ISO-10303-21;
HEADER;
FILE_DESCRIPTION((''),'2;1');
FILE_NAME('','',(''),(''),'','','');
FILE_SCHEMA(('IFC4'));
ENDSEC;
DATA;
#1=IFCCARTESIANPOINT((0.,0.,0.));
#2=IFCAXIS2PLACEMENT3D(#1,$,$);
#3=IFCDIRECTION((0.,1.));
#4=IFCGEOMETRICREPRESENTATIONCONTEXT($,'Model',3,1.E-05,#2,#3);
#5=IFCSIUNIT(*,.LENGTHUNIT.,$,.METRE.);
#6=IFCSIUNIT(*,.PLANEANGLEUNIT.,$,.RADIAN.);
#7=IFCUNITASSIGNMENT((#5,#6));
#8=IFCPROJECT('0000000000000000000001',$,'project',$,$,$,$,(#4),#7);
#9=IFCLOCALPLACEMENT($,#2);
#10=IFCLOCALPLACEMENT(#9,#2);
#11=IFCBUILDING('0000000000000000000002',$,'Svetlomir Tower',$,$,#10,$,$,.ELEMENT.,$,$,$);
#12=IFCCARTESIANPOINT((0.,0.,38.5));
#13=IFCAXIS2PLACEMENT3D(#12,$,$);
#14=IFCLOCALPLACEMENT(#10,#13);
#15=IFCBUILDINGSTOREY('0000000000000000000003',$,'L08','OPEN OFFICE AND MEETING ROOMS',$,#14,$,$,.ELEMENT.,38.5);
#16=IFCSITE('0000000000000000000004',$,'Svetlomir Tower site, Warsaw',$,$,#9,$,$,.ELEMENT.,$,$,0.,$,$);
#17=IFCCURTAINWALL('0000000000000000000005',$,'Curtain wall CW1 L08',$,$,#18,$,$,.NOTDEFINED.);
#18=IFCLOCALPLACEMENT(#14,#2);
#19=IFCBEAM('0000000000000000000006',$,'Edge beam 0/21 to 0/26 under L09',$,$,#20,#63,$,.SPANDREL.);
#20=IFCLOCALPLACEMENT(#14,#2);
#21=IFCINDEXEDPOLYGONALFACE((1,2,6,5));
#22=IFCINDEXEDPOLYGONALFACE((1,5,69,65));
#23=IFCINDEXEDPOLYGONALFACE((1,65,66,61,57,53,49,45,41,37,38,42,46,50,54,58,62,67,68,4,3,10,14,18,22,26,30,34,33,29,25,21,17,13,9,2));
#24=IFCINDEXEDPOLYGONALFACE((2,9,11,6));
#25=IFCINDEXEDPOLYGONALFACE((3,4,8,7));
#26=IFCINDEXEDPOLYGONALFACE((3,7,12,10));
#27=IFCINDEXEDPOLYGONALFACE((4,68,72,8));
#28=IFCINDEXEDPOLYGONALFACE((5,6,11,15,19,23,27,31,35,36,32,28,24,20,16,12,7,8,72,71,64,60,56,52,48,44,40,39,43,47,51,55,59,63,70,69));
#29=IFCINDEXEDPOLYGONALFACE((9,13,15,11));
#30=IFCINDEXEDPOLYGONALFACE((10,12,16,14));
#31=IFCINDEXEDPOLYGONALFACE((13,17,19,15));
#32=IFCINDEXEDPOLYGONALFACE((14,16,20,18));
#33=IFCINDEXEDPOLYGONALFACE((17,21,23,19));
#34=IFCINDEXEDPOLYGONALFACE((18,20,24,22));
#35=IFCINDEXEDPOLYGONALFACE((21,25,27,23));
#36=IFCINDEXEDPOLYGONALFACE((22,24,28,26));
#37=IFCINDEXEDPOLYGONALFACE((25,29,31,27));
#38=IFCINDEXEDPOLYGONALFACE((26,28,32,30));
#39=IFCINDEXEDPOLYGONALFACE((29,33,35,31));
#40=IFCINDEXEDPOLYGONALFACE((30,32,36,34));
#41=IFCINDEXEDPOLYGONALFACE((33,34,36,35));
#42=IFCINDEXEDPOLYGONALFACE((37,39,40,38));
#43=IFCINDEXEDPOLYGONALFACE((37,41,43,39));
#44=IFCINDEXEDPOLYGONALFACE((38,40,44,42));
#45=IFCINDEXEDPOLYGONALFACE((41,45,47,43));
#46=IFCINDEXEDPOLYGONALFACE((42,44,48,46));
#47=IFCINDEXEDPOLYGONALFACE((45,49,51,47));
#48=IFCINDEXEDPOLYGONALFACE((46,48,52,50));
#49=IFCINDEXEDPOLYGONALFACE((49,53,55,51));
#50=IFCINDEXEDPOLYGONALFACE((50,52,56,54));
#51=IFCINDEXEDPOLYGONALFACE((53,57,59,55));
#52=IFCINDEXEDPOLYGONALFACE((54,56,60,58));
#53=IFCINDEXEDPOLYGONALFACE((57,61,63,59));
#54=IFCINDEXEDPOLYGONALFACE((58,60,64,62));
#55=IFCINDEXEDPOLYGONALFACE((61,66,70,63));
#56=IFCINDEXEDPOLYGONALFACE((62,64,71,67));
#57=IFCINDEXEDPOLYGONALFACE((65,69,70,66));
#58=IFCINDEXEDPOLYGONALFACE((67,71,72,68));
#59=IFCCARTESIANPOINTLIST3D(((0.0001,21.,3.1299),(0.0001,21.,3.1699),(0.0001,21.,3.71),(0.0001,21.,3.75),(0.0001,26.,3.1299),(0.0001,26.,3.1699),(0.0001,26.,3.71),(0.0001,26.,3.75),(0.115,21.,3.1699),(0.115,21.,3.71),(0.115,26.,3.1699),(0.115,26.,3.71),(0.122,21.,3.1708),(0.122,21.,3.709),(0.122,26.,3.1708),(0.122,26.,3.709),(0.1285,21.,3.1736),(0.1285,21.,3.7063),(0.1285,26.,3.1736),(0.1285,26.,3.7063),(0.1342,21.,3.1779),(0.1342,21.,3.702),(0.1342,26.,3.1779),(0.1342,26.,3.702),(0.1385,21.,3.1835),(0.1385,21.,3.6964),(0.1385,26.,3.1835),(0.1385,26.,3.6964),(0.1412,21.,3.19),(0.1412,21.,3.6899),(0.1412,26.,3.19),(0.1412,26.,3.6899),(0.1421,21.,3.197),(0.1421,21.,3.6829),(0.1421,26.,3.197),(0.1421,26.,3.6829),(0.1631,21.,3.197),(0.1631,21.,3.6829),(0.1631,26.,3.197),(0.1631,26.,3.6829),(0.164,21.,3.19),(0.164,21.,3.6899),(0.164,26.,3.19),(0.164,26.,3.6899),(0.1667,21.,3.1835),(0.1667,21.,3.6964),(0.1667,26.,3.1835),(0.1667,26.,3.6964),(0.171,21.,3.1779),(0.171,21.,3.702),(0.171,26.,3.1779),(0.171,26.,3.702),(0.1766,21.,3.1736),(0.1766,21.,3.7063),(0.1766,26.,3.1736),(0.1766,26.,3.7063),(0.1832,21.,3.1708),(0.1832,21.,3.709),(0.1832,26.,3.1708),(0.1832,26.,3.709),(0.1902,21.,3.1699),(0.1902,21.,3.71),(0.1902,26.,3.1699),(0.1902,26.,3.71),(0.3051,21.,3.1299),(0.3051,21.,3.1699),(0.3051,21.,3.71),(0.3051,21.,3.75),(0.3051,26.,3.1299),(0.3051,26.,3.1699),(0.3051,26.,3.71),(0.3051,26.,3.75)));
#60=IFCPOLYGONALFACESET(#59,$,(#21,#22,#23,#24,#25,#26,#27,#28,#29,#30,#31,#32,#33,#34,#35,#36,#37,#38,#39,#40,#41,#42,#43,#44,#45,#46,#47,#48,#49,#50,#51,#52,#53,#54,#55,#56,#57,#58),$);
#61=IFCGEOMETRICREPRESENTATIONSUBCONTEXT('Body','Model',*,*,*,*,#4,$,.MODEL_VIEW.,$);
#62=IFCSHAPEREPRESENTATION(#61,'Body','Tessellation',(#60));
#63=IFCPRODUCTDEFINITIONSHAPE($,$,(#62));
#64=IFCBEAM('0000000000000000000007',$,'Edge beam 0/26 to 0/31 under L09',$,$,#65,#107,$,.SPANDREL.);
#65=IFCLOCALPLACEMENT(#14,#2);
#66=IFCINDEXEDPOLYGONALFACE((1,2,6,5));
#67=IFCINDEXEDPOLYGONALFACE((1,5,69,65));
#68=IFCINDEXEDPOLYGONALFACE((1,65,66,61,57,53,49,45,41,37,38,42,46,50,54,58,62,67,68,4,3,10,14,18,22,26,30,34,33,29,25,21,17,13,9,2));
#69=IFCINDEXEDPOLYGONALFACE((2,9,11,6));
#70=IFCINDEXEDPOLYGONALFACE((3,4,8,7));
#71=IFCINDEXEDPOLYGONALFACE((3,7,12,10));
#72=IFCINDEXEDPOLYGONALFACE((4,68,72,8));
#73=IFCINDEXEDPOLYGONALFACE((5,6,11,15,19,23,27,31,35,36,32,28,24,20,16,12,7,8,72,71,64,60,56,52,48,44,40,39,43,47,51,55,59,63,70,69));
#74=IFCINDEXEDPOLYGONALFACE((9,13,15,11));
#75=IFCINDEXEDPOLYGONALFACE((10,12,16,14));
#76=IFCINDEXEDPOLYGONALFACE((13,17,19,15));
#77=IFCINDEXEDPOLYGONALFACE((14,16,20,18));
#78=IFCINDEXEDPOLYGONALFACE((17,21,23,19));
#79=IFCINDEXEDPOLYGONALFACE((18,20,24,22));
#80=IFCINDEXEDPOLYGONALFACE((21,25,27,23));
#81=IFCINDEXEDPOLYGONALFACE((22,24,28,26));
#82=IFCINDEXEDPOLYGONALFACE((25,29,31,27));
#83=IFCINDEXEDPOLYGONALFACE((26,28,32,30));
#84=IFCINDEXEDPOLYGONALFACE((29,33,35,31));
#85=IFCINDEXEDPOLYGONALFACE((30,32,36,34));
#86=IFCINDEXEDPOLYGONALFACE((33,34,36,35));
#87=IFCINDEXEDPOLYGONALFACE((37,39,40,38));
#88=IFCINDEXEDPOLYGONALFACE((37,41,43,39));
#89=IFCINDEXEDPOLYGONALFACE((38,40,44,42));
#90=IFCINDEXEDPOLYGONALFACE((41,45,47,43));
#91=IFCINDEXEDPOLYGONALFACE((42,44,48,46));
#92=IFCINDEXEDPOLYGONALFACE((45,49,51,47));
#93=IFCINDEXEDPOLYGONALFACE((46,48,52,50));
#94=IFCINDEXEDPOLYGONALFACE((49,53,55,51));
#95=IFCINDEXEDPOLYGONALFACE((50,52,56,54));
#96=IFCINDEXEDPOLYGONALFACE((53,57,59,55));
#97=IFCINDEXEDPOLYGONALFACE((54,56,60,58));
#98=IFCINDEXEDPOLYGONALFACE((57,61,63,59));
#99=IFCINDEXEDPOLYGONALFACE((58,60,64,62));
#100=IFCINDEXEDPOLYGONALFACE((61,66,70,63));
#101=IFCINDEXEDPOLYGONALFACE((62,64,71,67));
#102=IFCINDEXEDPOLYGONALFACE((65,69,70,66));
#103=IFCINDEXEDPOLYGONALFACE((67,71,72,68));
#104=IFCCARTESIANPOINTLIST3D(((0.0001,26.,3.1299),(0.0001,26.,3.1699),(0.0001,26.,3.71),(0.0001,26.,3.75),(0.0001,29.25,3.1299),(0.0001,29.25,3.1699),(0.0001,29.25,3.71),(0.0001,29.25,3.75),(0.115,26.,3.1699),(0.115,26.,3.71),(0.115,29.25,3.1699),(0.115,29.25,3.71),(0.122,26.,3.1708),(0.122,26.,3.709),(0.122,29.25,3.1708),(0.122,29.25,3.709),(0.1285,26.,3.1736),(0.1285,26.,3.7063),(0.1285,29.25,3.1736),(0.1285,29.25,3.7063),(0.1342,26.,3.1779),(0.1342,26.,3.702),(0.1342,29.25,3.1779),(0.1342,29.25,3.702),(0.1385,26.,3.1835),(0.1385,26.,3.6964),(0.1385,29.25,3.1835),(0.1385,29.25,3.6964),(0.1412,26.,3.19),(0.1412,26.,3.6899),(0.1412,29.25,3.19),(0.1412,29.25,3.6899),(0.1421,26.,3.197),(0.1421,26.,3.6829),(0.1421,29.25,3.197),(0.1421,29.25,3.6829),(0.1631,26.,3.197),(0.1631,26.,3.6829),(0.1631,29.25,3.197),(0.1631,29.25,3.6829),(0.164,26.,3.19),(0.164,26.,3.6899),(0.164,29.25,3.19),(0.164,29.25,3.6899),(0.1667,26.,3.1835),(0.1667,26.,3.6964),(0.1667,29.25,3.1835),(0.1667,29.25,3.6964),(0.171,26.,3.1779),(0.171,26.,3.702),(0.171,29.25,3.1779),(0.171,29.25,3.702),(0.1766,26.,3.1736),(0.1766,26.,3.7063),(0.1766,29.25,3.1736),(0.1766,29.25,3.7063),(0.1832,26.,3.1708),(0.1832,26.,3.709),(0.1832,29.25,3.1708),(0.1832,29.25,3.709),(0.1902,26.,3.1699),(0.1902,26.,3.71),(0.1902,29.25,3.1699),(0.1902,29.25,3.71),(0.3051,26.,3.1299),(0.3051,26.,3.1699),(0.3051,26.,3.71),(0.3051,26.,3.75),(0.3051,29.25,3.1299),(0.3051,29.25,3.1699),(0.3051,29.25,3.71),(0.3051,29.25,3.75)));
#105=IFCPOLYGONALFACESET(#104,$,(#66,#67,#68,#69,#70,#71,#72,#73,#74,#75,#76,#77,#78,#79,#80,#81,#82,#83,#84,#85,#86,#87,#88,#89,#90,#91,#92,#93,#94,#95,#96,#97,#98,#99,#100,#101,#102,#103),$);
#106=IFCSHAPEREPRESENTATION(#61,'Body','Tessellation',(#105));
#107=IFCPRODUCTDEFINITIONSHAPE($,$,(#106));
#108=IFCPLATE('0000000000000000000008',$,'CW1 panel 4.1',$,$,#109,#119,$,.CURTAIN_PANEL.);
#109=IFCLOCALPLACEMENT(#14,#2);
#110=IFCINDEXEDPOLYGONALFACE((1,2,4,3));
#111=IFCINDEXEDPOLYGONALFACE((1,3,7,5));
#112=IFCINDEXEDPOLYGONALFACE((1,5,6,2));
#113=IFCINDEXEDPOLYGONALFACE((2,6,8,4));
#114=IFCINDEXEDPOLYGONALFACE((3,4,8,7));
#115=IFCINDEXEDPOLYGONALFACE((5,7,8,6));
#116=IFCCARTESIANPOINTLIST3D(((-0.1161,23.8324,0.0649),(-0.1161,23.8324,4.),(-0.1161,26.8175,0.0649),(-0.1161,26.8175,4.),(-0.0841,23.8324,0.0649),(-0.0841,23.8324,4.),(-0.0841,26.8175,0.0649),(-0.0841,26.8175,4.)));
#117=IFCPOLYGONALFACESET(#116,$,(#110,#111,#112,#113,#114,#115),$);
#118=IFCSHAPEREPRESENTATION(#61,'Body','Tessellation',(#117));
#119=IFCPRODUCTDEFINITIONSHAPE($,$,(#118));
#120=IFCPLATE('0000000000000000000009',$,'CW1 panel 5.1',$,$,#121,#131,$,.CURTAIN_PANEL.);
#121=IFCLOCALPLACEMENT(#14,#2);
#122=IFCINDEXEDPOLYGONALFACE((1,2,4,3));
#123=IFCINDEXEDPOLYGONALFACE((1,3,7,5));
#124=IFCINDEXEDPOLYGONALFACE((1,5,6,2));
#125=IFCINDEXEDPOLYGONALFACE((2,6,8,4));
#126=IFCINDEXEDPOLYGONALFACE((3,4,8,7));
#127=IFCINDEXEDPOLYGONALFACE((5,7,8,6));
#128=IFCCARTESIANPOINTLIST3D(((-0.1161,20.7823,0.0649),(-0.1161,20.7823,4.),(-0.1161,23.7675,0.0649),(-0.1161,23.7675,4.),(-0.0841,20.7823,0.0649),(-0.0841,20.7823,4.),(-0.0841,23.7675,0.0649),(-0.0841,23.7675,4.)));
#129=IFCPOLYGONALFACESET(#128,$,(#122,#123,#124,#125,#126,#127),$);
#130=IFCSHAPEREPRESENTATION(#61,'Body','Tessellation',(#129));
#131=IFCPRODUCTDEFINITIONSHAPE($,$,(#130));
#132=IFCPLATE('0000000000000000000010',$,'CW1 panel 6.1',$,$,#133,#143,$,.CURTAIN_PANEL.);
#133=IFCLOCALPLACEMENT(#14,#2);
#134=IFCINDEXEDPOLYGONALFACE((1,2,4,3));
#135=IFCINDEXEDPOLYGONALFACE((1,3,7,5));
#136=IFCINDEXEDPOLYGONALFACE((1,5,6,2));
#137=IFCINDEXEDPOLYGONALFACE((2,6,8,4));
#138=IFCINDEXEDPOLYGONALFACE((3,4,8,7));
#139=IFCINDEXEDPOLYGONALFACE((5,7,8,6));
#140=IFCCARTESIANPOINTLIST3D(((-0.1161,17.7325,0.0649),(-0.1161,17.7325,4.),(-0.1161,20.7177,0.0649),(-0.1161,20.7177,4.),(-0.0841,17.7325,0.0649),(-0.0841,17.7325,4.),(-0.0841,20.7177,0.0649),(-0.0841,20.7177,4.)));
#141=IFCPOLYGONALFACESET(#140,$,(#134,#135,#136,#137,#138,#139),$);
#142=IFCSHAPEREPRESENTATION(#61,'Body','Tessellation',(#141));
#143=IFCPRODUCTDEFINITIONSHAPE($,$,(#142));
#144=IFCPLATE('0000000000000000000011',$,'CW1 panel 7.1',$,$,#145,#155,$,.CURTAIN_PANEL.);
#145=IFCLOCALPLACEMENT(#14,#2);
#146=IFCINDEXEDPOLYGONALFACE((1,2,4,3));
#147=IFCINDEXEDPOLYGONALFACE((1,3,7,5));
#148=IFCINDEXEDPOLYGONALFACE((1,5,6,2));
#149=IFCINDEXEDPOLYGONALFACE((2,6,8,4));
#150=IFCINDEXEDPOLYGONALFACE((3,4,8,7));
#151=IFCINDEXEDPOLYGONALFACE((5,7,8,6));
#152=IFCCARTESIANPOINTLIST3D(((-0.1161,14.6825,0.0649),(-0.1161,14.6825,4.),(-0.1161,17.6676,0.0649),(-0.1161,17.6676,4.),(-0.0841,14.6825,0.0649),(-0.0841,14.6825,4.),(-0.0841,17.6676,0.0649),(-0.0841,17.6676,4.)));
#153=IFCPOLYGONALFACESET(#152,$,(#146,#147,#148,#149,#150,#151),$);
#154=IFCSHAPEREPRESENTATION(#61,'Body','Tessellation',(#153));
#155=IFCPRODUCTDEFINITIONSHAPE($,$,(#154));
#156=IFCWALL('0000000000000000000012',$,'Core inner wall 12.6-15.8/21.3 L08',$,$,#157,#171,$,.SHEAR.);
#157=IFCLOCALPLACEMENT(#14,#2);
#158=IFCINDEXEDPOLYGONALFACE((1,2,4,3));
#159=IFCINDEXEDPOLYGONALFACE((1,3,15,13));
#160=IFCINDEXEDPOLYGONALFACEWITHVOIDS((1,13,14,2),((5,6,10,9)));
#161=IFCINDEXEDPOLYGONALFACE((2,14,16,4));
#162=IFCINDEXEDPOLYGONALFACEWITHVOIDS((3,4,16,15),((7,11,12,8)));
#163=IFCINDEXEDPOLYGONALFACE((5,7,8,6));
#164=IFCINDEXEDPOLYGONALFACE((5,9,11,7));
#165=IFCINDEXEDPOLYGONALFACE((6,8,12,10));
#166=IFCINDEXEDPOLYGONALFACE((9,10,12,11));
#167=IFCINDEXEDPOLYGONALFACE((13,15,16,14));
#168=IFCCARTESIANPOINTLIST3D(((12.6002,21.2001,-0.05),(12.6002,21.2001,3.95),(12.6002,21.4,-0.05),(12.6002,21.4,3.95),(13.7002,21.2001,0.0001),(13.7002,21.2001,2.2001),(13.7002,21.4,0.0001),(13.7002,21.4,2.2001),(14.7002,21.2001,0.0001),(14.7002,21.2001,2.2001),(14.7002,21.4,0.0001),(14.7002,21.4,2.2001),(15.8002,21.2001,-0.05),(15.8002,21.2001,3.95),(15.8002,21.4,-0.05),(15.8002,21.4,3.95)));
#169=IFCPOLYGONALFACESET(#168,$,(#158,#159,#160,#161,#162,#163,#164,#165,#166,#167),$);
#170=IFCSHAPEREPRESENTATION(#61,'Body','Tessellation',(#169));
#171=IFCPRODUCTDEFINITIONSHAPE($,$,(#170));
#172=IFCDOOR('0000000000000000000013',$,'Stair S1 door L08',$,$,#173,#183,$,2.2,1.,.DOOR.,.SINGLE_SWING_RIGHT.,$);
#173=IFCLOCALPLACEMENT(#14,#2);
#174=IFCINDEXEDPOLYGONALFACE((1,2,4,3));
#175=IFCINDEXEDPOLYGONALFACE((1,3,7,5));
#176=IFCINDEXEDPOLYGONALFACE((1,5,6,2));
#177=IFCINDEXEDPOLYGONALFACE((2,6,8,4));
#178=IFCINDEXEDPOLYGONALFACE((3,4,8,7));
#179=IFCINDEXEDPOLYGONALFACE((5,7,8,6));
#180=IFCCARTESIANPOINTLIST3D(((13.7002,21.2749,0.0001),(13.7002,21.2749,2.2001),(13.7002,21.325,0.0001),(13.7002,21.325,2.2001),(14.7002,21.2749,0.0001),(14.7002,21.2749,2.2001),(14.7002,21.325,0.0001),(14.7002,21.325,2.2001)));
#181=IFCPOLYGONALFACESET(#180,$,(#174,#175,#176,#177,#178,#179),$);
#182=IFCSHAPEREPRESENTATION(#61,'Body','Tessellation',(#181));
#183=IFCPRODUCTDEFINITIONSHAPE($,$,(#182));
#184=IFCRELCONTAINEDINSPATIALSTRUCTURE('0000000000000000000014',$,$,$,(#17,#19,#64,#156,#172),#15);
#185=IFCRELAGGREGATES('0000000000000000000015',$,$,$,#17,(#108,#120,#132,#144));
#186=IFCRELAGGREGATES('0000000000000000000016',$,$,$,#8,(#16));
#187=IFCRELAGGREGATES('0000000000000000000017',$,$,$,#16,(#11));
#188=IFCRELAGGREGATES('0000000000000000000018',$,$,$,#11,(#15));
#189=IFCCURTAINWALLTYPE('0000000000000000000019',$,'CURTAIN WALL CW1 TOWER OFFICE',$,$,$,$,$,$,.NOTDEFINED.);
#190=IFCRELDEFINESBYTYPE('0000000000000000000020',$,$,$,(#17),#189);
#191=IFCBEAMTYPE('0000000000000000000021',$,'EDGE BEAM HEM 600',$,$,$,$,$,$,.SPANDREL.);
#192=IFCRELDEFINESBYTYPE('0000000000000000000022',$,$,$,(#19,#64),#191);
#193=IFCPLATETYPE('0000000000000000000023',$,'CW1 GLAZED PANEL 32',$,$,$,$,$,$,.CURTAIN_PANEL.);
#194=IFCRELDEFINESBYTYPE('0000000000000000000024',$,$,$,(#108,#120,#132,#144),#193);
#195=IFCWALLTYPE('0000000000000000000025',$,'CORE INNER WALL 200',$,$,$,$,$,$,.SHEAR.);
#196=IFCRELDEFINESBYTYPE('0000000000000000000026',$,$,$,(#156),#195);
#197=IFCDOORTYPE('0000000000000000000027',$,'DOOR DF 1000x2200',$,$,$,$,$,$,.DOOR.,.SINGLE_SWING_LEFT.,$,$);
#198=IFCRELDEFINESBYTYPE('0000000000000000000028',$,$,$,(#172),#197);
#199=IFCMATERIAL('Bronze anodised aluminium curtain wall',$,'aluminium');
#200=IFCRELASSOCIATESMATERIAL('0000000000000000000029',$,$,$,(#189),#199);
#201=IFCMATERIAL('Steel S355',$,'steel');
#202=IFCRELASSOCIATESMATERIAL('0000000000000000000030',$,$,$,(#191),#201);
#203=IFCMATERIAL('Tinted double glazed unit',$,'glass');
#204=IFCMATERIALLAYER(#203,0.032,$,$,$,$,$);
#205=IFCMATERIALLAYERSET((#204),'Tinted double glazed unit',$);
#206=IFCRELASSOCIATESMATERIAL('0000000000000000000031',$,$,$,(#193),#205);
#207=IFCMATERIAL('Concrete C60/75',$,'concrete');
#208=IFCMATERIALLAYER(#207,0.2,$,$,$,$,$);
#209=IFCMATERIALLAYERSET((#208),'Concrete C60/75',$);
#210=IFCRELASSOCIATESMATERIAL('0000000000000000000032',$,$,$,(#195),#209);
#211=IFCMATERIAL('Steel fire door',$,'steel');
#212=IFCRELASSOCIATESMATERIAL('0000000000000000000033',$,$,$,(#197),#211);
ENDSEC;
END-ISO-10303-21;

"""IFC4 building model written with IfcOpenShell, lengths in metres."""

from ifc_helpers import new_model, si_unit, direction, frame, frame_2d, origin, origin_2d, place, context, subcontext, project, spatial, rectangle, i_section, extrude, material, layer, layer_set, material_profile, profile_set, type_object, element, fill, aggregate, save


model = new_model("IFC4")

# Units and contexts
model_context = context("Model", 3, precision=1e-05, world=origin(), true_north=direction((0.0, 1.0)))
body_context = subcontext(model_context, "Body", "Model", "MODEL_VIEW")
ifc_project = project(units=[si_unit("LENGTHUNIT", "METRE"), si_unit("PLANEANGLEUNIT", "RADIAN")], contexts=[model_context])

# Site, building, storey
site_placement = place(None, origin())
site = spatial("IfcSite", under=ifc_project, at=site_placement, Name="Svetlomir Tower site, Warsaw", CompositionType="ELEMENT", RefElevation=0.0)
building_placement = place(site_placement, origin())
building = spatial("IfcBuilding", under=site, at=building_placement, Name="Svetlomir Tower", CompositionType="ELEMENT")
storey_placement = place(building_placement, frame((0.0, 0.0, 38.5)))
storey = spatial("IfcBuildingStorey", under=building, at=storey_placement, Name="L08", Description="OPEN OFFICE AND MEETING ROOMS", CompositionType="ELEMENT", Elevation=38.5)

# Curtain wall
ifc_material_1 = material(Name="Bronze anodised aluminium curtain wall", Category="aluminium")
curtain_wall_type = type_object("IfcCurtainWallType", Name="CURTAIN WALL CW1 TOWER OFFICE", PredefinedType="NOTDEFINED", material=ifc_material_1)
curtain_wall_placement = place(storey_placement, origin())
curtain_wall = element("IfcCurtainWall", 1, at=curtain_wall_placement, inside=storey, type_object=curtain_wall_type, Name="Curtain wall CW1 L08", PredefinedType="NOTDEFINED")

# Beams
ifc_material_2 = material(Name="Steel S355", Category="steel")
ifc_material_profile_1 = material_profile(ifc_material_2, i_section(OverallWidth=0.3049, OverallDepth=0.6201, WebThickness=0.021, FlangeThickness=0.04, FilletRadius=0.0271, at=origin_2d()), Name="HEM 600")
ifc_profile_set_1 = profile_set([ifc_material_profile_1], Name="Steel S355")
beam_type = type_object("IfcBeamType", Name="EDGE BEAM HEM 600", PredefinedType="SPANDREL", material=ifc_profile_set_1)
for number, where, z_axis, x_axis, name in (
    (2, (0.1526, 21.0, 3.4399), (0.0, 1.0, 0.0), (-1.0, 0.0, 0.0), "Edge beam 0/21 to 0/26 under L09"),
):
    element("IfcBeam", number, at=place(storey_placement, frame(where, z_axis=z_axis, x_axis=x_axis)), inside=storey, type_object=beam_type, Name=name, PredefinedType="SPANDREL", context=body_context, shape_type="SweptSolid", body=[
        extrude(i_section(OverallWidth=0.3049, OverallDepth=0.6201, WebThickness=0.021, FlangeThickness=0.04, FilletRadius=0.0271, at=origin_2d()), origin(), (0.0, 0.0, 1.0), 5.0),
    ])
beam_placement = place(storey_placement, frame((0.1526, 26.0, 3.4399), z_axis=(0.0, 1.0, 0.0), x_axis=(-1.0, 0.0, 0.0)))
element("IfcBeam", 3, at=beam_placement, inside=storey, type_object=beam_type, Name="Edge beam 0/26 to 0/31 under L09", PredefinedType="SPANDREL", context=body_context, shape_type="SweptSolid", body=[
    extrude(i_section(OverallWidth=0.3049, OverallDepth=0.6201, WebThickness=0.021, FlangeThickness=0.04, FilletRadius=0.0271, at=origin_2d()), origin(), (0.0, 0.0, 1.0), 3.25),
])

# Plates
ifc_material_3 = material(Name="Tinted double glazed unit", Category="glass")
ifc_layer_1 = layer(ifc_material_3, 0.032)
ifc_layer_set_1 = layer_set([ifc_layer_1], Name="Tinted double glazed unit")
plate_type = type_object("IfcPlateType", Name="CW1 GLAZED PANEL 32", PredefinedType="CURTAIN_PANEL", material=ifc_layer_set_1)
plate_1_placement = place(storey_placement, frame((-0.1001, 25.325, 0.0649), z_axis=(0.0, 0.0, 1.0), x_axis=(0.0, -1.0, 0.0)))
plate_1 = element("IfcPlate", 4, at=plate_1_placement, type_object=plate_type, Name="CW1 panel 4.1", PredefinedType="CURTAIN_PANEL", context=body_context, shape_type="SweptSolid", body=[
    extrude(rectangle(XDim=2.9851, YDim=0.032, at=origin_2d()), origin(), (0.0, 0.0, 1.0), 3.9351),
])
plate_2_placement = place(storey_placement, frame((-0.1001, 22.2749, 0.0649), z_axis=(0.0, 0.0, 1.0), x_axis=(0.0, -1.0, 0.0)))
plate_2 = element("IfcPlate", 5, at=plate_2_placement, type_object=plate_type, Name="CW1 panel 5.1", PredefinedType="CURTAIN_PANEL", context=body_context, shape_type="SweptSolid", body=[
    extrude(rectangle(XDim=2.9851, YDim=0.032, at=origin_2d()), origin(), (0.0, 0.0, 1.0), 3.9351),
])
plate_3_placement = place(storey_placement, frame((-0.1001, 19.2251, 0.0649), z_axis=(0.0, 0.0, 1.0), x_axis=(0.0, -1.0, 0.0)))
plate_3 = element("IfcPlate", 6, at=plate_3_placement, type_object=plate_type, Name="CW1 panel 6.1", PredefinedType="CURTAIN_PANEL", context=body_context, shape_type="SweptSolid", body=[
    extrude(rectangle(XDim=2.9851, YDim=0.032, at=origin_2d()), origin(), (0.0, 0.0, 1.0), 3.9351),
])
plate_4_placement = place(storey_placement, frame((-0.1001, 16.175, 0.0649), z_axis=(0.0, 0.0, 1.0), x_axis=(0.0, -1.0, 0.0)))
plate_4 = element("IfcPlate", 7, at=plate_4_placement, type_object=plate_type, Name="CW1 panel 7.1", PredefinedType="CURTAIN_PANEL", context=body_context, shape_type="SweptSolid", body=[
    extrude(rectangle(XDim=2.9851, YDim=0.032, at=origin_2d()), origin(), (0.0, 0.0, 1.0), 3.9351),
])
aggregate(curtain_wall, [plate_1, plate_2, plate_3, plate_4])

# Wall, opening, door
ifc_material_4 = material(Name="Concrete C60/75", Category="concrete")
ifc_layer_2 = layer(ifc_material_4, 0.2)
ifc_layer_set_2 = layer_set([ifc_layer_2], Name="Concrete C60/75")
wall_type_1 = type_object("IfcWallType", Name="CORE INNER WALL 200", PredefinedType="SHEAR", material=ifc_layer_set_2)
wall_1_placement = place(storey_placement, frame((12.6001, 21.3, -0.05), z_axis=(0.0, 0.0, 1.0), x_axis=(1.0, 0.0, 0.0)))
wall_1 = element("IfcWall", 8, at=wall_1_placement, inside=storey, type_object=wall_type_1, Name="Core inner wall 12.6-15.8/21.3 L08", PredefinedType="SHEAR", context=body_context, shape_type="SweptSolid", body=[
    extrude(rectangle(XDim=3.2, YDim=0.2, at=frame_2d((1.6001, 0.0))), origin(), (0.0, 0.0, 1.0), 4.0),
])
opening_1_placement = place(wall_1_placement, frame((1.1001, 0.0, 0.05)))
opening_1 = element("IfcOpeningElement", 9, at=opening_1_placement, cuts=wall_1, PredefinedType="OPENING", context=body_context, shape_type="SweptSolid", body=[
    extrude(rectangle(XDim=1.0, YDim=2.2, at=frame_2d((0.5, 1.1001))), frame((0.0, 0.1099, 0.0), z_axis=(0.0, -1.0, 0.0), x_axis=(1.0, 0.0, 0.0)), (0.0, 0.0, 1.0), 0.22),
])
ifc_material_5 = material(Name="Steel fire door", Category="steel")
door_type_1 = type_object("IfcDoorType", Name="DOOR DF 1000x2200", OperationType="SINGLE_SWING_LEFT", PredefinedType="DOOR", material=ifc_material_5)
door_1_placement = place(opening_1_placement, origin())
door_1 = element("IfcDoor", 10, at=door_1_placement, inside=storey, type_object=door_type_1, Name="Stair S1 door L08", OperationType="SINGLE_SWING_RIGHT", OverallHeight=2.2, OverallWidth=1.0, PredefinedType="DOOR", context=body_context, shape_type="SweptSolid", body=[
    extrude(rectangle(XDim=1.0, YDim=2.2, at=frame_2d((0.5, 1.1001))), frame((0.0, 0.0249, 0.0), z_axis=(0.0, -1.0, 0.0), x_axis=(1.0, 0.0, 0.0)), (0.0, 0.0, 1.0), 0.05),
])
fill(opening_1, door_1)

save(model, "model.ifc")
